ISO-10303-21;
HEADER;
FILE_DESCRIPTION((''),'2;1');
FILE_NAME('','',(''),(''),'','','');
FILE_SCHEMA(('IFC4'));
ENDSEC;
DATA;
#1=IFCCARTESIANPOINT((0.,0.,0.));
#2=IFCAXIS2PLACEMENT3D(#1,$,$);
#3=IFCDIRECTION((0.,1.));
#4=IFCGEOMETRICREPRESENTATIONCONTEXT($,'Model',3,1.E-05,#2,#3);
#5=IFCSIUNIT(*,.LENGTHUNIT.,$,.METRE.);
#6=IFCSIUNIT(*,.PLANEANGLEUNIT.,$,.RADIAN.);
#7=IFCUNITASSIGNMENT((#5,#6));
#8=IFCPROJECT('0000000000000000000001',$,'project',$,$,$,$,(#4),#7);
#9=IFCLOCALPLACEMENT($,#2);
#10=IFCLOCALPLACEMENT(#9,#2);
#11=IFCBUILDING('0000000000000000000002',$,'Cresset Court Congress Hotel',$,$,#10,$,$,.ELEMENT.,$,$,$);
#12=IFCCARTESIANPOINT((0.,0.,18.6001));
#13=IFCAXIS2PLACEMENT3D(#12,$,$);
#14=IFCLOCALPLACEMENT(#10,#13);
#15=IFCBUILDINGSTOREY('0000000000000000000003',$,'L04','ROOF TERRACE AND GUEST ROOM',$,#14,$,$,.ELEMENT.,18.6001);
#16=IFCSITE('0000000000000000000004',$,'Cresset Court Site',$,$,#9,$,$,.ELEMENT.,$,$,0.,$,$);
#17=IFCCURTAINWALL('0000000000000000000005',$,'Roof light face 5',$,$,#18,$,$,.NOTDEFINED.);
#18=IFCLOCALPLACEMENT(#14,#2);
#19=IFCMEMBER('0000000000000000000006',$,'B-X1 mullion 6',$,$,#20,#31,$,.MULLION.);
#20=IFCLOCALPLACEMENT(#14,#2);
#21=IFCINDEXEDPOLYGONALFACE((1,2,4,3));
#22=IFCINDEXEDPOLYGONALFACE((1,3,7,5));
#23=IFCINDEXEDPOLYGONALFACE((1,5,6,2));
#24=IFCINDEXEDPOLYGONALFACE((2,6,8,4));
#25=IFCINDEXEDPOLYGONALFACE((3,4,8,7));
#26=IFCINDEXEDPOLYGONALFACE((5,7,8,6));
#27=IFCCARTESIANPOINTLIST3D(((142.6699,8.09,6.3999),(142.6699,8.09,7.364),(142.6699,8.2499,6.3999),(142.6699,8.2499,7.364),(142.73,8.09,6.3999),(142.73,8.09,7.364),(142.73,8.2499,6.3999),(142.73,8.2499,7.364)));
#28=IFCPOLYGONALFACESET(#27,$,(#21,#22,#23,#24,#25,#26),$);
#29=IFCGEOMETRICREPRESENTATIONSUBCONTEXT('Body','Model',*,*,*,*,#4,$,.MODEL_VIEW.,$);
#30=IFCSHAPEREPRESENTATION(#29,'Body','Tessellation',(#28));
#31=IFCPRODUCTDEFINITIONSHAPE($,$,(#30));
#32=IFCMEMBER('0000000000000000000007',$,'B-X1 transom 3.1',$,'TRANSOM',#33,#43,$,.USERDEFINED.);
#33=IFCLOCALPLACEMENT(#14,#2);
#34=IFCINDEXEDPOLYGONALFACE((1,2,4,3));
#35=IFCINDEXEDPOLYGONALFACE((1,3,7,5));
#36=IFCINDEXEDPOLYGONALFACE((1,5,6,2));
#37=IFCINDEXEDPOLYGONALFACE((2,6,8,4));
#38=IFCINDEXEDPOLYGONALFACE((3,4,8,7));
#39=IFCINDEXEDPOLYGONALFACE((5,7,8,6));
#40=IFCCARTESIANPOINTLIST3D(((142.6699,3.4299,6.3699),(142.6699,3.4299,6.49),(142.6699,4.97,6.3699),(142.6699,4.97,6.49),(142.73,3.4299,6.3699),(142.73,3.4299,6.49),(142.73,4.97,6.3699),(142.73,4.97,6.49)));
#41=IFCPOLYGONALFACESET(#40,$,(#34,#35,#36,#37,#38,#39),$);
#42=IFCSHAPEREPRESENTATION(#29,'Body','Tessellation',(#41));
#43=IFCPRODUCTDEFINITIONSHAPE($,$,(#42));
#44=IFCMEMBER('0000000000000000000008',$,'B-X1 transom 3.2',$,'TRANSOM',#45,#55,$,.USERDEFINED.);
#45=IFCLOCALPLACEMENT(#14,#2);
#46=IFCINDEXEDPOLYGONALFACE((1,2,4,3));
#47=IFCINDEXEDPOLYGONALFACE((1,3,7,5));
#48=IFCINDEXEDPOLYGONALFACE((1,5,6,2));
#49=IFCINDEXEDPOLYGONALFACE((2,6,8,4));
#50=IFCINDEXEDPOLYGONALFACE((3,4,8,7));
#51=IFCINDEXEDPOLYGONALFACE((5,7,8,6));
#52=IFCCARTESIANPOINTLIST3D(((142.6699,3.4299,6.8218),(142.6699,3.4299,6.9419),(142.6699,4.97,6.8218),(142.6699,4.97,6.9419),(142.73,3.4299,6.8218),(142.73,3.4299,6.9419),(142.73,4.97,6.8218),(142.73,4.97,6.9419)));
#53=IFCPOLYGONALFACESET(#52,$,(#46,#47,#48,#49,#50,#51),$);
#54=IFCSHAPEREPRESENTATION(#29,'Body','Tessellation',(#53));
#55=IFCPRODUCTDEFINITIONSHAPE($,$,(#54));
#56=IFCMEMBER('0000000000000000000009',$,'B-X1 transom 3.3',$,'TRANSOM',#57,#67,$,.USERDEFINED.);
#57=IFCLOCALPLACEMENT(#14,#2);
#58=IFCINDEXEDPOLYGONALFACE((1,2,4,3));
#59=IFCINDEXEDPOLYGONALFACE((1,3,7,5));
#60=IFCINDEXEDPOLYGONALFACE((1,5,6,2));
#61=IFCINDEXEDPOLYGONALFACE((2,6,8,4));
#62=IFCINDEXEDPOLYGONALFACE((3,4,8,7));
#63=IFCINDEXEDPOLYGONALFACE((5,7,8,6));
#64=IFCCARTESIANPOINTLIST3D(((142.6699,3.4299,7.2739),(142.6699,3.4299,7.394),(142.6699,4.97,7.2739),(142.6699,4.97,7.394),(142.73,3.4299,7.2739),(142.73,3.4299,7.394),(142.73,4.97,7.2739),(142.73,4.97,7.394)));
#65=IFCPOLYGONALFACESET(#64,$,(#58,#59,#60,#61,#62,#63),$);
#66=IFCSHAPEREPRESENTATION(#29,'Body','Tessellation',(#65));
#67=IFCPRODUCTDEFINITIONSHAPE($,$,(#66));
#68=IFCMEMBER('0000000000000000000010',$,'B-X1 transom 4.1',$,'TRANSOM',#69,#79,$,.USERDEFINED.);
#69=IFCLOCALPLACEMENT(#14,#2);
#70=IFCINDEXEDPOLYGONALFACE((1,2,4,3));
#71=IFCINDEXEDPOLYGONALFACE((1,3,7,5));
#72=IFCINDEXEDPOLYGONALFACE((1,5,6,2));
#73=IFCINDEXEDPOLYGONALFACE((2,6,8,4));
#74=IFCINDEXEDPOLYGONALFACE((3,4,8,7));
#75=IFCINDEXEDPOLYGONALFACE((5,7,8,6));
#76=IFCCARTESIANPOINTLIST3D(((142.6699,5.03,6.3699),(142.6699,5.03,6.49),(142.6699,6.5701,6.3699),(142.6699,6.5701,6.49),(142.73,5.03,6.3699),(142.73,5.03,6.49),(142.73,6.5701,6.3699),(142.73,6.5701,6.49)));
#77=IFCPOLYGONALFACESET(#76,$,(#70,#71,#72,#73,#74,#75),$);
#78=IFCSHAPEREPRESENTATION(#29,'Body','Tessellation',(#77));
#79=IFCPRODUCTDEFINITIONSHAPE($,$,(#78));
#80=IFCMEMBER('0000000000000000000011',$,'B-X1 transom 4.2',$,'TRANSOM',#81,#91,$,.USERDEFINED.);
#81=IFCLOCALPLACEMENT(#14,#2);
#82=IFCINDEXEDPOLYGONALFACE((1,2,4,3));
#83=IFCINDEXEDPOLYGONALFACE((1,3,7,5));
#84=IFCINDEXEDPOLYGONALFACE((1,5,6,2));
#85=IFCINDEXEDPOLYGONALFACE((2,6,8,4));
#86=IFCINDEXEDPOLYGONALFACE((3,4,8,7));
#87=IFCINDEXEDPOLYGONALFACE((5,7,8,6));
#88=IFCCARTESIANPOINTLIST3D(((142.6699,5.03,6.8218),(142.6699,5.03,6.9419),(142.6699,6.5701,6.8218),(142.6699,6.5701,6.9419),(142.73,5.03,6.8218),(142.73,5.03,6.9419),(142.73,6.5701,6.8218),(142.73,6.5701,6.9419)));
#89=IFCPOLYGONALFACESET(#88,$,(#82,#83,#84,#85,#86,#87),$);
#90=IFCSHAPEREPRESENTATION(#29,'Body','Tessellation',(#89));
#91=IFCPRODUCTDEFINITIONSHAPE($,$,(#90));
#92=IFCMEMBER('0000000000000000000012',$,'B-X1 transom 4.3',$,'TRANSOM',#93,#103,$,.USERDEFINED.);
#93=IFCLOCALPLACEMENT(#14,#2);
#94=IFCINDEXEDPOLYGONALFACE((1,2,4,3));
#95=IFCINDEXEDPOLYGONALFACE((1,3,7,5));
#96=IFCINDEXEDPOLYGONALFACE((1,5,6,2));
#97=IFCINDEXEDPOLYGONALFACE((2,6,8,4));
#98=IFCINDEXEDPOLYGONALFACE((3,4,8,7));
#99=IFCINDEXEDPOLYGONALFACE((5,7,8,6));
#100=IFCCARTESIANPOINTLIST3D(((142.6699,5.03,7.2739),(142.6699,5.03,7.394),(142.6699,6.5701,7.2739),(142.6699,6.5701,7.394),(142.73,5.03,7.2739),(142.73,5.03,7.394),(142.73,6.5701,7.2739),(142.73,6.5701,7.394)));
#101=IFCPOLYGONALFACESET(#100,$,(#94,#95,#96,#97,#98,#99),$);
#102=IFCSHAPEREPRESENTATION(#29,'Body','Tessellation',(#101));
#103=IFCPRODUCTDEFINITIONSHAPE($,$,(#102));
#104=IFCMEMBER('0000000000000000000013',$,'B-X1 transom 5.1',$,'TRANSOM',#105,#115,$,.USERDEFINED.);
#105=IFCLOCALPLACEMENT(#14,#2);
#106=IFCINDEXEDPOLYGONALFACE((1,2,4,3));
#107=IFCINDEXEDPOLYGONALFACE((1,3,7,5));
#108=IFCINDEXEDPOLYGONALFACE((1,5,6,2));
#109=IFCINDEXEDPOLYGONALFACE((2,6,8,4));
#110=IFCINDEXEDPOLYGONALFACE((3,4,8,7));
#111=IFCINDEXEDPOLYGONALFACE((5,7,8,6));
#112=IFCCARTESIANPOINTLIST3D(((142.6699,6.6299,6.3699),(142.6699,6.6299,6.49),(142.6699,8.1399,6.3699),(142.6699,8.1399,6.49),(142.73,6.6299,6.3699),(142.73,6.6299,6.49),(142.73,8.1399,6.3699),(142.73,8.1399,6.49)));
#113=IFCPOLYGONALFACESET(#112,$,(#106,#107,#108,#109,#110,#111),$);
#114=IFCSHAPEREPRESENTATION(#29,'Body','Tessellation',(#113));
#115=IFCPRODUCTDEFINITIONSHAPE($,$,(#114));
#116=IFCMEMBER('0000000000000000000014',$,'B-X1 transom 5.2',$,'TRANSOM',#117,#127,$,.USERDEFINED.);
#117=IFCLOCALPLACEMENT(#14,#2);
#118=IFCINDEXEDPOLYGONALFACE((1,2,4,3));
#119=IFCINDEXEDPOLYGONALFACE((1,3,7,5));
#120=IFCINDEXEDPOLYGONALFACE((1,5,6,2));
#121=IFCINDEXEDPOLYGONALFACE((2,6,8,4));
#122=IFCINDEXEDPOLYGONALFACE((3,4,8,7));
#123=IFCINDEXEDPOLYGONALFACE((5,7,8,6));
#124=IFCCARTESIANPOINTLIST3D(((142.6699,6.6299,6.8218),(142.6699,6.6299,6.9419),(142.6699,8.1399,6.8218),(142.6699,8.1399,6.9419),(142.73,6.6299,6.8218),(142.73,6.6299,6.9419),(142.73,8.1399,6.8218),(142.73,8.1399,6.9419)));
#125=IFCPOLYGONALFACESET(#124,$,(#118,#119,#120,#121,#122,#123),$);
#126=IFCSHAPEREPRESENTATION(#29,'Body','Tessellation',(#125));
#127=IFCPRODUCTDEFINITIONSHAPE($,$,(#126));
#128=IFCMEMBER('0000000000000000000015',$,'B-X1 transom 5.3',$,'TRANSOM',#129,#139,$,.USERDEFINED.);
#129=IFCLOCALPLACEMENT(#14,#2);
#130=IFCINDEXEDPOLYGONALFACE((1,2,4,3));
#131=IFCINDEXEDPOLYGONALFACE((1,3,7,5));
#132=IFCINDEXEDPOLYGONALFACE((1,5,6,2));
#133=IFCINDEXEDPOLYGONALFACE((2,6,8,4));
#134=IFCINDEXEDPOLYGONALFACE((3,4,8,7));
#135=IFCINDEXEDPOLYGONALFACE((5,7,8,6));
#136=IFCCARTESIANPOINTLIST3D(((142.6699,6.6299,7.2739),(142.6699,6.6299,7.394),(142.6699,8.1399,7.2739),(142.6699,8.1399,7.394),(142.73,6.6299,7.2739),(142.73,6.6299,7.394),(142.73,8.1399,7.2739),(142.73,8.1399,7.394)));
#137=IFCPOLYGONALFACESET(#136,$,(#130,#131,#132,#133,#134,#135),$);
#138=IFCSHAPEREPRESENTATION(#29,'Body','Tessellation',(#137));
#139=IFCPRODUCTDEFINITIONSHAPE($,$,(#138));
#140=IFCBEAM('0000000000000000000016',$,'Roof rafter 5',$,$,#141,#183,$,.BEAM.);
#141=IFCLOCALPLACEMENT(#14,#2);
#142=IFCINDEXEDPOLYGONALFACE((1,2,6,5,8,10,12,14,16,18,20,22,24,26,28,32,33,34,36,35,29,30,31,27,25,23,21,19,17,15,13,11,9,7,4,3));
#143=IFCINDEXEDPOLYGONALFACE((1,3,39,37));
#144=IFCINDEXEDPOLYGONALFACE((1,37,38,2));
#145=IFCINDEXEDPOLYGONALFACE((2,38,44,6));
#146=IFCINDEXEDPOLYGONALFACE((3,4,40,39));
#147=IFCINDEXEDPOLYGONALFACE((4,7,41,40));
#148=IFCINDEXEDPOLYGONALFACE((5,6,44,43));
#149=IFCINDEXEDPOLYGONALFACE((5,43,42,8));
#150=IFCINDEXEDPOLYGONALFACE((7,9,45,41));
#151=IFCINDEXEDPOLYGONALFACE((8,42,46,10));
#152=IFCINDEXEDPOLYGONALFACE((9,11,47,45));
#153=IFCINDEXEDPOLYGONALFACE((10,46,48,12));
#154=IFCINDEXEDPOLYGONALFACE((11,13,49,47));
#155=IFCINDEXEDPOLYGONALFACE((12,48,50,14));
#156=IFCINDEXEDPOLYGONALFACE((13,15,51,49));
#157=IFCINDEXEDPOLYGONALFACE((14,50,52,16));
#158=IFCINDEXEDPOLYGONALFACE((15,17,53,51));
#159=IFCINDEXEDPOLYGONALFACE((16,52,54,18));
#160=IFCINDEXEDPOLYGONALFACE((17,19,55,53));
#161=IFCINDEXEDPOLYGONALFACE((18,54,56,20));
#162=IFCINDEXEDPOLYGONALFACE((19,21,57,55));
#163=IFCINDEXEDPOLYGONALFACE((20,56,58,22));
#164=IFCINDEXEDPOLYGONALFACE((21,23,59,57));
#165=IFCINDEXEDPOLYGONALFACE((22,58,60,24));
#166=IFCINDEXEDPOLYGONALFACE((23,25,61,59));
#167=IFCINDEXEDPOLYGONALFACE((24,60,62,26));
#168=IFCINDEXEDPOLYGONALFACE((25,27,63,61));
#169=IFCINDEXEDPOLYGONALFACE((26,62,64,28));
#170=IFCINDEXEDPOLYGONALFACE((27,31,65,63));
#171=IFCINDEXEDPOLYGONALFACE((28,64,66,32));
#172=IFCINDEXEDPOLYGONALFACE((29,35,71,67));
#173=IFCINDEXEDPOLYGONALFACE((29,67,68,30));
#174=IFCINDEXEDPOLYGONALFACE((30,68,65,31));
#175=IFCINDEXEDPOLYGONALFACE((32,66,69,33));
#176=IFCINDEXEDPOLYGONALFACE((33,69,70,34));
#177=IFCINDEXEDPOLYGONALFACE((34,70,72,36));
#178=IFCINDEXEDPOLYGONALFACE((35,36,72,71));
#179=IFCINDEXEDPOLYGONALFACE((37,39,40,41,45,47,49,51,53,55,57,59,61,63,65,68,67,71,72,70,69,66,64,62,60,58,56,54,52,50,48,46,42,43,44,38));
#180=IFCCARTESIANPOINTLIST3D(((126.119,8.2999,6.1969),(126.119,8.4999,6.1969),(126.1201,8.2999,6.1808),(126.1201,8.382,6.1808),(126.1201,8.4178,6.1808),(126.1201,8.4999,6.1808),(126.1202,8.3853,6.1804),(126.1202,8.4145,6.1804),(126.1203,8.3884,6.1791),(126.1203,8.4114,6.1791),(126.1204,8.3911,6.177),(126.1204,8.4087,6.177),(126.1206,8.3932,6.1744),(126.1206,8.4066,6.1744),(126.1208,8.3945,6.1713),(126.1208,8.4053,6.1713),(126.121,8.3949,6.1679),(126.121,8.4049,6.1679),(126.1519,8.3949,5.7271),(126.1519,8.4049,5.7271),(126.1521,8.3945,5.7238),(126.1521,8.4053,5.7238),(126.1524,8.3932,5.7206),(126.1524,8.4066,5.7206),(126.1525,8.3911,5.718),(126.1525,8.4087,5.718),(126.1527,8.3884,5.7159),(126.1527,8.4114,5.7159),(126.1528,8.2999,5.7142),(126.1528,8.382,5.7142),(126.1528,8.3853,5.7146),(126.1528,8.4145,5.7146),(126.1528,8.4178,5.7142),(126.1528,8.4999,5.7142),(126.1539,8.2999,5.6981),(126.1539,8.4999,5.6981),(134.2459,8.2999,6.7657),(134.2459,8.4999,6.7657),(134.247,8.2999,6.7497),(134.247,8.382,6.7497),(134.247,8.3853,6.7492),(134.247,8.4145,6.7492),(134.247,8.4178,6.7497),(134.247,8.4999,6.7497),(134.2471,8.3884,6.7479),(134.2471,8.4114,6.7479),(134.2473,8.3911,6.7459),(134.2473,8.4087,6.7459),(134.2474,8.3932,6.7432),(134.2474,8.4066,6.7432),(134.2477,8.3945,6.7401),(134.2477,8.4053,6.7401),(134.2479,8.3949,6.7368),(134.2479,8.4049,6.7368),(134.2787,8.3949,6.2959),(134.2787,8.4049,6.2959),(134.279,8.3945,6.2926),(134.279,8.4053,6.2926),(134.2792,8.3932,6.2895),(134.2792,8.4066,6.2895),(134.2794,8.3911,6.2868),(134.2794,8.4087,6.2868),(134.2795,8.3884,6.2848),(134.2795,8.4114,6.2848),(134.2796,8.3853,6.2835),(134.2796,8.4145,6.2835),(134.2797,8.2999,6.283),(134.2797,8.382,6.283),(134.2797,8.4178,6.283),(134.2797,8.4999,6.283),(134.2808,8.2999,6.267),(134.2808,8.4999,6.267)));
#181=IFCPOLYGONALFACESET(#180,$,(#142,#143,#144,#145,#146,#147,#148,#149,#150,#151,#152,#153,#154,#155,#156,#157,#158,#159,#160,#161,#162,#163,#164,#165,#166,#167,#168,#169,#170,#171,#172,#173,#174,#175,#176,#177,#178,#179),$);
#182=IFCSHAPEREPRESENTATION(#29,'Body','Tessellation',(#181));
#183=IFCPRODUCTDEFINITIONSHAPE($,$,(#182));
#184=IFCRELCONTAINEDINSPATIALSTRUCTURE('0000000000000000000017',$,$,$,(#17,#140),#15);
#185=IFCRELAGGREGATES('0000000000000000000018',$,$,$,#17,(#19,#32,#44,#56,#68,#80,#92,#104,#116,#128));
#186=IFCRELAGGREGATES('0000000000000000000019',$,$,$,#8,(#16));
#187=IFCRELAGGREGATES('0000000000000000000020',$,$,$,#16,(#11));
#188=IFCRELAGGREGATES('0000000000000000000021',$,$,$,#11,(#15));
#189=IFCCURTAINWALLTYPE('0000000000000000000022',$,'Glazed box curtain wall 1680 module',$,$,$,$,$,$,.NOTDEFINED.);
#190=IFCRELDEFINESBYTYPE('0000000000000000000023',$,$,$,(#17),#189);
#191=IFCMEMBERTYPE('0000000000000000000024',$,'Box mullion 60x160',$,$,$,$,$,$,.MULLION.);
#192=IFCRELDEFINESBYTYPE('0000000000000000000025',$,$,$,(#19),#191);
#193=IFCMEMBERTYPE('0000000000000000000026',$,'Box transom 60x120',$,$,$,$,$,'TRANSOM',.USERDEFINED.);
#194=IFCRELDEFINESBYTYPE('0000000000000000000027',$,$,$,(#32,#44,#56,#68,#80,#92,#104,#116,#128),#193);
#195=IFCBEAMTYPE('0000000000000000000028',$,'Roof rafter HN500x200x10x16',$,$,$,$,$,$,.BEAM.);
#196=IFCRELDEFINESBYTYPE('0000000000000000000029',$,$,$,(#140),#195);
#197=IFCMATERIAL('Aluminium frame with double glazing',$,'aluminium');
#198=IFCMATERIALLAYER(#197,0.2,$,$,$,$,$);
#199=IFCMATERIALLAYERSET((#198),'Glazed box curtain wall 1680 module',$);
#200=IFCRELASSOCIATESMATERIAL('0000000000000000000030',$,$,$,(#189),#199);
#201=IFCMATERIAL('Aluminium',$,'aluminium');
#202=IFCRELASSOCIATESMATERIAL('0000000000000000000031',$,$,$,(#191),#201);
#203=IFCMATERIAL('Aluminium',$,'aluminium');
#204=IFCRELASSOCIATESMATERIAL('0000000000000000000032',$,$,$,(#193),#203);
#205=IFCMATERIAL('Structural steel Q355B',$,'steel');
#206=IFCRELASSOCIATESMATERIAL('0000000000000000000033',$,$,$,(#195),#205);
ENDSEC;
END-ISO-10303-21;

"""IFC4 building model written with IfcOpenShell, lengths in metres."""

from ifc_helpers import new_model, si_unit, direction, frame, origin, origin_2d, place, context, subcontext, project, spatial, rectangle, i_section, extrude, material, layer, layer_set, material_profile, profile_set, type_object, element, aggregate, save


model = new_model("IFC4")

# Units and contexts
model_context = context("Model", 3, precision=1e-05, world=origin(), true_north=direction((0.0, 1.0)))
body_context = subcontext(model_context, "Body", "Model", "MODEL_VIEW")
ifc_project = project(units=[si_unit("LENGTHUNIT", "METRE"), si_unit("PLANEANGLEUNIT", "RADIAN")], contexts=[model_context])

# Site, building, storey
site_placement = place(None, origin())
site = spatial("IfcSite", under=ifc_project, at=site_placement, Name="Cresset Court Site", CompositionType="ELEMENT", RefElevation=0.0)
building_placement = place(site_placement, origin())
building = spatial("IfcBuilding", under=site, at=building_placement, Name="Cresset Court Congress Hotel", CompositionType="ELEMENT")
storey_placement = place(building_placement, frame((0.0, 0.0, 18.6001)))
storey = spatial("IfcBuildingStorey", under=building, at=storey_placement, Name="L04", Description="ROOF TERRACE AND GUEST ROOM", CompositionType="ELEMENT", Elevation=18.6001)

# Curtain wall, members
ifc_material_1 = material(Name="Aluminium frame with double glazing", Category="aluminium")
ifc_layer_1 = layer(ifc_material_1, 0.2)
ifc_layer_set_1 = layer_set([ifc_layer_1], Name="Glazed box curtain wall 1680 module")
curtain_wall_type = type_object("IfcCurtainWallType", Name="Glazed box curtain wall 1680 module", PredefinedType="NOTDEFINED", material=ifc_layer_set_1)
curtain_wall_placement = place(storey_placement, origin())
curtain_wall = element("IfcCurtainWall", 1, at=curtain_wall_placement, inside=storey, type_object=curtain_wall_type, Name="Roof light face 5", PredefinedType="NOTDEFINED")
ifc_material_2 = material(Name="Aluminium", Category="aluminium")
ifc_material_profile_1 = material_profile(ifc_material_2, rectangle(XDim=0.0601, YDim=0.1599, at=origin_2d()), Name="Box mullion 60x160")
ifc_profile_set_1 = profile_set([ifc_material_profile_1], Name="Aluminium")
member_type_1 = type_object("IfcMemberType", Name="Box mullion 60x160", PredefinedType="MULLION", material=ifc_profile_set_1)
member_1_placement = place(storey_placement, frame((142.7, 8.1699, 6.3999), z_axis=(0.0, 0.0, 1.0), x_axis=(-1.0, 0.0, 0.0)))
member_1 = element("IfcMember", 2, at=member_1_placement, type_object=member_type_1, Name="B-X1 mullion 6", PredefinedType="MULLION", context=body_context, shape_type="SweptSolid", body=[
    extrude(rectangle(XDim=0.0601, YDim=0.1599, at=origin_2d()), origin(), (0.0, 0.0, 1.0), 0.9641),
])
ifc_material_3 = material(Name="Aluminium", Category="aluminium")
ifc_material_profile_2 = material_profile(ifc_material_3, rectangle(XDim=0.0601, YDim=0.1201, at=origin_2d()), Name="Box transom 60x120")
ifc_profile_set_2 = profile_set([ifc_material_profile_2], Name="Aluminium")
member_type_2 = type_object("IfcMemberType", Name="Box transom 60x120", ElementType="TRANSOM", PredefinedType="USERDEFINED", material=ifc_profile_set_2)
member_2_placement = place(storey_placement, frame((142.7, 3.4299, 6.4299), z_axis=(0.0, 1.0, 0.0), x_axis=(-1.0, 0.0, 0.0)))
member_2 = element("IfcMember", 3, at=member_2_placement, type_object=member_type_2, Name="B-X1 transom 3.1", ObjectType="TRANSOM", PredefinedType="USERDEFINED", context=body_context, shape_type="SweptSolid", body=[
    extrude(rectangle(XDim=0.0601, YDim=0.1201, at=origin_2d()), origin(), (0.0, 0.0, 1.0), 1.54),
])
member_3_placement = place(storey_placement, frame((142.7, 3.4299, 6.8818), z_axis=(0.0, 1.0, 0.0), x_axis=(-1.0, 0.0, 0.0)))
member_3 = element("IfcMember", 4, at=member_3_placement, type_object=member_type_2, Name="B-X1 transom 3.2", ObjectType="TRANSOM", PredefinedType="USERDEFINED", context=body_context, shape_type="SweptSolid", body=[
    extrude(rectangle(XDim=0.0601, YDim=0.1201, at=origin_2d()), origin(), (0.0, 0.0, 1.0), 1.54),
])
member_4_placement = place(storey_placement, frame((142.7, 3.4299, 7.334), z_axis=(0.0, 1.0, 0.0), x_axis=(-1.0, 0.0, 0.0)))
member_4 = element("IfcMember", 5, at=member_4_placement, type_object=member_type_2, Name="B-X1 transom 3.3", ObjectType="TRANSOM", PredefinedType="USERDEFINED", context=body_context, shape_type="SweptSolid", body=[
    extrude(rectangle(XDim=0.0601, YDim=0.1201, at=origin_2d()), origin(), (0.0, 0.0, 1.0), 1.54),
])
member_5_placement = place(storey_placement, frame((142.7, 5.03, 6.4299), z_axis=(0.0, 1.0, 0.0), x_axis=(-1.0, 0.0, 0.0)))
member_5 = element("IfcMember", 6, at=member_5_placement, type_object=member_type_2, Name="B-X1 transom 4.1", ObjectType="TRANSOM", PredefinedType="USERDEFINED", context=body_context, shape_type="SweptSolid", body=[
    extrude(rectangle(XDim=0.0601, YDim=0.1201, at=origin_2d()), origin(), (0.0, 0.0, 1.0), 1.54),
])
member_6_placement = place(storey_placement, frame((142.7, 5.03, 6.8818), z_axis=(0.0, 1.0, 0.0), x_axis=(-1.0, 0.0, 0.0)))
member_6 = element("IfcMember", 7, at=member_6_placement, type_object=member_type_2, Name="B-X1 transom 4.2", ObjectType="TRANSOM", PredefinedType="USERDEFINED", context=body_context, shape_type="SweptSolid", body=[
    extrude(rectangle(XDim=0.0601, YDim=0.1201, at=origin_2d()), origin(), (0.0, 0.0, 1.0), 1.54),
])
member_7_placement = place(storey_placement, frame((142.7, 5.03, 7.334), z_axis=(0.0, 1.0, 0.0), x_axis=(-1.0, 0.0, 0.0)))
member_7 = element("IfcMember", 8, at=member_7_placement, type_object=member_type_2, Name="B-X1 transom 4.3", ObjectType="TRANSOM", PredefinedType="USERDEFINED", context=body_context, shape_type="SweptSolid", body=[
    extrude(rectangle(XDim=0.0601, YDim=0.1201, at=origin_2d()), origin(), (0.0, 0.0, 1.0), 1.54),
])
member_8_placement = place(storey_placement, frame((142.7, 6.6299, 6.4299), z_axis=(0.0, 1.0, 0.0), x_axis=(-1.0, 0.0, 0.0)))
member_8 = element("IfcMember", 9, at=member_8_placement, type_object=member_type_2, Name="B-X1 transom 5.1", ObjectType="TRANSOM", PredefinedType="USERDEFINED", context=body_context, shape_type="SweptSolid", body=[
    extrude(rectangle(XDim=0.0601, YDim=0.1201, at=origin_2d()), origin(), (0.0, 0.0, 1.0), 1.51),
])
member_9_placement = place(storey_placement, frame((142.7, 6.6299, 6.8818), z_axis=(0.0, 1.0, 0.0), x_axis=(-1.0, 0.0, 0.0)))
member_9 = element("IfcMember", 10, at=member_9_placement, type_object=member_type_2, Name="B-X1 transom 5.2", ObjectType="TRANSOM", PredefinedType="USERDEFINED", context=body_context, shape_type="SweptSolid", body=[
    extrude(rectangle(XDim=0.0601, YDim=0.1201, at=origin_2d()), origin(), (0.0, 0.0, 1.0), 1.51),
])
member_10_placement = place(storey_placement, frame((142.7, 6.6299, 7.334), z_axis=(0.0, 1.0, 0.0), x_axis=(-1.0, 0.0, 0.0)))
member_10 = element("IfcMember", 11, at=member_10_placement, type_object=member_type_2, Name="B-X1 transom 5.3", ObjectType="TRANSOM", PredefinedType="USERDEFINED", context=body_context, shape_type="SweptSolid", body=[
    extrude(rectangle(XDim=0.0601, YDim=0.1201, at=origin_2d()), origin(), (0.0, 0.0, 1.0), 1.51),
])

# Beam
ifc_material_4 = material(Name="Structural steel Q355B", Category="steel")
ifc_material_profile_3 = material_profile(ifc_material_4, i_section(OverallWidth=0.2, OverallDepth=0.5, WebThickness=0.01, FlangeThickness=0.0161, FilletRadius=0.0129, at=origin_2d()), Name="HN500x200x10x16")
ifc_profile_set_3 = profile_set([ifc_material_profile_3], Name="Structural steel Q355B")
beam_type_1 = type_object("IfcBeamType", Name="Roof rafter HN500x200x10x16", PredefinedType="BEAM", material=ifc_profile_set_3)
for number, where, z_axis, x_axis, name in (
    (12, (126.1365, 8.3999, 5.9475), (0.997559, 0.0, 0.069824), (0.0, 1.0, 0.0), "Roof rafter 5"),
):
    element("IfcBeam", number, at=place(storey_placement, frame(where, z_axis=z_axis, x_axis=x_axis)), inside=storey, type_object=beam_type_1, Name=name, PredefinedType="BEAM", context=body_context, shape_type="SweptSolid", body=[
        extrude(i_section(OverallWidth=0.2, OverallDepth=0.5, WebThickness=0.01, FlangeThickness=0.0161, FilletRadius=0.0129, at=origin_2d()), origin(), (0.0, 0.0, 1.0), 8.1467),
    ])

aggregate(curtain_wall, [member_1, member_2, member_3, member_4, member_5, member_6, member_7, member_8, member_9, member_10])

save(model, "model.ifc")
